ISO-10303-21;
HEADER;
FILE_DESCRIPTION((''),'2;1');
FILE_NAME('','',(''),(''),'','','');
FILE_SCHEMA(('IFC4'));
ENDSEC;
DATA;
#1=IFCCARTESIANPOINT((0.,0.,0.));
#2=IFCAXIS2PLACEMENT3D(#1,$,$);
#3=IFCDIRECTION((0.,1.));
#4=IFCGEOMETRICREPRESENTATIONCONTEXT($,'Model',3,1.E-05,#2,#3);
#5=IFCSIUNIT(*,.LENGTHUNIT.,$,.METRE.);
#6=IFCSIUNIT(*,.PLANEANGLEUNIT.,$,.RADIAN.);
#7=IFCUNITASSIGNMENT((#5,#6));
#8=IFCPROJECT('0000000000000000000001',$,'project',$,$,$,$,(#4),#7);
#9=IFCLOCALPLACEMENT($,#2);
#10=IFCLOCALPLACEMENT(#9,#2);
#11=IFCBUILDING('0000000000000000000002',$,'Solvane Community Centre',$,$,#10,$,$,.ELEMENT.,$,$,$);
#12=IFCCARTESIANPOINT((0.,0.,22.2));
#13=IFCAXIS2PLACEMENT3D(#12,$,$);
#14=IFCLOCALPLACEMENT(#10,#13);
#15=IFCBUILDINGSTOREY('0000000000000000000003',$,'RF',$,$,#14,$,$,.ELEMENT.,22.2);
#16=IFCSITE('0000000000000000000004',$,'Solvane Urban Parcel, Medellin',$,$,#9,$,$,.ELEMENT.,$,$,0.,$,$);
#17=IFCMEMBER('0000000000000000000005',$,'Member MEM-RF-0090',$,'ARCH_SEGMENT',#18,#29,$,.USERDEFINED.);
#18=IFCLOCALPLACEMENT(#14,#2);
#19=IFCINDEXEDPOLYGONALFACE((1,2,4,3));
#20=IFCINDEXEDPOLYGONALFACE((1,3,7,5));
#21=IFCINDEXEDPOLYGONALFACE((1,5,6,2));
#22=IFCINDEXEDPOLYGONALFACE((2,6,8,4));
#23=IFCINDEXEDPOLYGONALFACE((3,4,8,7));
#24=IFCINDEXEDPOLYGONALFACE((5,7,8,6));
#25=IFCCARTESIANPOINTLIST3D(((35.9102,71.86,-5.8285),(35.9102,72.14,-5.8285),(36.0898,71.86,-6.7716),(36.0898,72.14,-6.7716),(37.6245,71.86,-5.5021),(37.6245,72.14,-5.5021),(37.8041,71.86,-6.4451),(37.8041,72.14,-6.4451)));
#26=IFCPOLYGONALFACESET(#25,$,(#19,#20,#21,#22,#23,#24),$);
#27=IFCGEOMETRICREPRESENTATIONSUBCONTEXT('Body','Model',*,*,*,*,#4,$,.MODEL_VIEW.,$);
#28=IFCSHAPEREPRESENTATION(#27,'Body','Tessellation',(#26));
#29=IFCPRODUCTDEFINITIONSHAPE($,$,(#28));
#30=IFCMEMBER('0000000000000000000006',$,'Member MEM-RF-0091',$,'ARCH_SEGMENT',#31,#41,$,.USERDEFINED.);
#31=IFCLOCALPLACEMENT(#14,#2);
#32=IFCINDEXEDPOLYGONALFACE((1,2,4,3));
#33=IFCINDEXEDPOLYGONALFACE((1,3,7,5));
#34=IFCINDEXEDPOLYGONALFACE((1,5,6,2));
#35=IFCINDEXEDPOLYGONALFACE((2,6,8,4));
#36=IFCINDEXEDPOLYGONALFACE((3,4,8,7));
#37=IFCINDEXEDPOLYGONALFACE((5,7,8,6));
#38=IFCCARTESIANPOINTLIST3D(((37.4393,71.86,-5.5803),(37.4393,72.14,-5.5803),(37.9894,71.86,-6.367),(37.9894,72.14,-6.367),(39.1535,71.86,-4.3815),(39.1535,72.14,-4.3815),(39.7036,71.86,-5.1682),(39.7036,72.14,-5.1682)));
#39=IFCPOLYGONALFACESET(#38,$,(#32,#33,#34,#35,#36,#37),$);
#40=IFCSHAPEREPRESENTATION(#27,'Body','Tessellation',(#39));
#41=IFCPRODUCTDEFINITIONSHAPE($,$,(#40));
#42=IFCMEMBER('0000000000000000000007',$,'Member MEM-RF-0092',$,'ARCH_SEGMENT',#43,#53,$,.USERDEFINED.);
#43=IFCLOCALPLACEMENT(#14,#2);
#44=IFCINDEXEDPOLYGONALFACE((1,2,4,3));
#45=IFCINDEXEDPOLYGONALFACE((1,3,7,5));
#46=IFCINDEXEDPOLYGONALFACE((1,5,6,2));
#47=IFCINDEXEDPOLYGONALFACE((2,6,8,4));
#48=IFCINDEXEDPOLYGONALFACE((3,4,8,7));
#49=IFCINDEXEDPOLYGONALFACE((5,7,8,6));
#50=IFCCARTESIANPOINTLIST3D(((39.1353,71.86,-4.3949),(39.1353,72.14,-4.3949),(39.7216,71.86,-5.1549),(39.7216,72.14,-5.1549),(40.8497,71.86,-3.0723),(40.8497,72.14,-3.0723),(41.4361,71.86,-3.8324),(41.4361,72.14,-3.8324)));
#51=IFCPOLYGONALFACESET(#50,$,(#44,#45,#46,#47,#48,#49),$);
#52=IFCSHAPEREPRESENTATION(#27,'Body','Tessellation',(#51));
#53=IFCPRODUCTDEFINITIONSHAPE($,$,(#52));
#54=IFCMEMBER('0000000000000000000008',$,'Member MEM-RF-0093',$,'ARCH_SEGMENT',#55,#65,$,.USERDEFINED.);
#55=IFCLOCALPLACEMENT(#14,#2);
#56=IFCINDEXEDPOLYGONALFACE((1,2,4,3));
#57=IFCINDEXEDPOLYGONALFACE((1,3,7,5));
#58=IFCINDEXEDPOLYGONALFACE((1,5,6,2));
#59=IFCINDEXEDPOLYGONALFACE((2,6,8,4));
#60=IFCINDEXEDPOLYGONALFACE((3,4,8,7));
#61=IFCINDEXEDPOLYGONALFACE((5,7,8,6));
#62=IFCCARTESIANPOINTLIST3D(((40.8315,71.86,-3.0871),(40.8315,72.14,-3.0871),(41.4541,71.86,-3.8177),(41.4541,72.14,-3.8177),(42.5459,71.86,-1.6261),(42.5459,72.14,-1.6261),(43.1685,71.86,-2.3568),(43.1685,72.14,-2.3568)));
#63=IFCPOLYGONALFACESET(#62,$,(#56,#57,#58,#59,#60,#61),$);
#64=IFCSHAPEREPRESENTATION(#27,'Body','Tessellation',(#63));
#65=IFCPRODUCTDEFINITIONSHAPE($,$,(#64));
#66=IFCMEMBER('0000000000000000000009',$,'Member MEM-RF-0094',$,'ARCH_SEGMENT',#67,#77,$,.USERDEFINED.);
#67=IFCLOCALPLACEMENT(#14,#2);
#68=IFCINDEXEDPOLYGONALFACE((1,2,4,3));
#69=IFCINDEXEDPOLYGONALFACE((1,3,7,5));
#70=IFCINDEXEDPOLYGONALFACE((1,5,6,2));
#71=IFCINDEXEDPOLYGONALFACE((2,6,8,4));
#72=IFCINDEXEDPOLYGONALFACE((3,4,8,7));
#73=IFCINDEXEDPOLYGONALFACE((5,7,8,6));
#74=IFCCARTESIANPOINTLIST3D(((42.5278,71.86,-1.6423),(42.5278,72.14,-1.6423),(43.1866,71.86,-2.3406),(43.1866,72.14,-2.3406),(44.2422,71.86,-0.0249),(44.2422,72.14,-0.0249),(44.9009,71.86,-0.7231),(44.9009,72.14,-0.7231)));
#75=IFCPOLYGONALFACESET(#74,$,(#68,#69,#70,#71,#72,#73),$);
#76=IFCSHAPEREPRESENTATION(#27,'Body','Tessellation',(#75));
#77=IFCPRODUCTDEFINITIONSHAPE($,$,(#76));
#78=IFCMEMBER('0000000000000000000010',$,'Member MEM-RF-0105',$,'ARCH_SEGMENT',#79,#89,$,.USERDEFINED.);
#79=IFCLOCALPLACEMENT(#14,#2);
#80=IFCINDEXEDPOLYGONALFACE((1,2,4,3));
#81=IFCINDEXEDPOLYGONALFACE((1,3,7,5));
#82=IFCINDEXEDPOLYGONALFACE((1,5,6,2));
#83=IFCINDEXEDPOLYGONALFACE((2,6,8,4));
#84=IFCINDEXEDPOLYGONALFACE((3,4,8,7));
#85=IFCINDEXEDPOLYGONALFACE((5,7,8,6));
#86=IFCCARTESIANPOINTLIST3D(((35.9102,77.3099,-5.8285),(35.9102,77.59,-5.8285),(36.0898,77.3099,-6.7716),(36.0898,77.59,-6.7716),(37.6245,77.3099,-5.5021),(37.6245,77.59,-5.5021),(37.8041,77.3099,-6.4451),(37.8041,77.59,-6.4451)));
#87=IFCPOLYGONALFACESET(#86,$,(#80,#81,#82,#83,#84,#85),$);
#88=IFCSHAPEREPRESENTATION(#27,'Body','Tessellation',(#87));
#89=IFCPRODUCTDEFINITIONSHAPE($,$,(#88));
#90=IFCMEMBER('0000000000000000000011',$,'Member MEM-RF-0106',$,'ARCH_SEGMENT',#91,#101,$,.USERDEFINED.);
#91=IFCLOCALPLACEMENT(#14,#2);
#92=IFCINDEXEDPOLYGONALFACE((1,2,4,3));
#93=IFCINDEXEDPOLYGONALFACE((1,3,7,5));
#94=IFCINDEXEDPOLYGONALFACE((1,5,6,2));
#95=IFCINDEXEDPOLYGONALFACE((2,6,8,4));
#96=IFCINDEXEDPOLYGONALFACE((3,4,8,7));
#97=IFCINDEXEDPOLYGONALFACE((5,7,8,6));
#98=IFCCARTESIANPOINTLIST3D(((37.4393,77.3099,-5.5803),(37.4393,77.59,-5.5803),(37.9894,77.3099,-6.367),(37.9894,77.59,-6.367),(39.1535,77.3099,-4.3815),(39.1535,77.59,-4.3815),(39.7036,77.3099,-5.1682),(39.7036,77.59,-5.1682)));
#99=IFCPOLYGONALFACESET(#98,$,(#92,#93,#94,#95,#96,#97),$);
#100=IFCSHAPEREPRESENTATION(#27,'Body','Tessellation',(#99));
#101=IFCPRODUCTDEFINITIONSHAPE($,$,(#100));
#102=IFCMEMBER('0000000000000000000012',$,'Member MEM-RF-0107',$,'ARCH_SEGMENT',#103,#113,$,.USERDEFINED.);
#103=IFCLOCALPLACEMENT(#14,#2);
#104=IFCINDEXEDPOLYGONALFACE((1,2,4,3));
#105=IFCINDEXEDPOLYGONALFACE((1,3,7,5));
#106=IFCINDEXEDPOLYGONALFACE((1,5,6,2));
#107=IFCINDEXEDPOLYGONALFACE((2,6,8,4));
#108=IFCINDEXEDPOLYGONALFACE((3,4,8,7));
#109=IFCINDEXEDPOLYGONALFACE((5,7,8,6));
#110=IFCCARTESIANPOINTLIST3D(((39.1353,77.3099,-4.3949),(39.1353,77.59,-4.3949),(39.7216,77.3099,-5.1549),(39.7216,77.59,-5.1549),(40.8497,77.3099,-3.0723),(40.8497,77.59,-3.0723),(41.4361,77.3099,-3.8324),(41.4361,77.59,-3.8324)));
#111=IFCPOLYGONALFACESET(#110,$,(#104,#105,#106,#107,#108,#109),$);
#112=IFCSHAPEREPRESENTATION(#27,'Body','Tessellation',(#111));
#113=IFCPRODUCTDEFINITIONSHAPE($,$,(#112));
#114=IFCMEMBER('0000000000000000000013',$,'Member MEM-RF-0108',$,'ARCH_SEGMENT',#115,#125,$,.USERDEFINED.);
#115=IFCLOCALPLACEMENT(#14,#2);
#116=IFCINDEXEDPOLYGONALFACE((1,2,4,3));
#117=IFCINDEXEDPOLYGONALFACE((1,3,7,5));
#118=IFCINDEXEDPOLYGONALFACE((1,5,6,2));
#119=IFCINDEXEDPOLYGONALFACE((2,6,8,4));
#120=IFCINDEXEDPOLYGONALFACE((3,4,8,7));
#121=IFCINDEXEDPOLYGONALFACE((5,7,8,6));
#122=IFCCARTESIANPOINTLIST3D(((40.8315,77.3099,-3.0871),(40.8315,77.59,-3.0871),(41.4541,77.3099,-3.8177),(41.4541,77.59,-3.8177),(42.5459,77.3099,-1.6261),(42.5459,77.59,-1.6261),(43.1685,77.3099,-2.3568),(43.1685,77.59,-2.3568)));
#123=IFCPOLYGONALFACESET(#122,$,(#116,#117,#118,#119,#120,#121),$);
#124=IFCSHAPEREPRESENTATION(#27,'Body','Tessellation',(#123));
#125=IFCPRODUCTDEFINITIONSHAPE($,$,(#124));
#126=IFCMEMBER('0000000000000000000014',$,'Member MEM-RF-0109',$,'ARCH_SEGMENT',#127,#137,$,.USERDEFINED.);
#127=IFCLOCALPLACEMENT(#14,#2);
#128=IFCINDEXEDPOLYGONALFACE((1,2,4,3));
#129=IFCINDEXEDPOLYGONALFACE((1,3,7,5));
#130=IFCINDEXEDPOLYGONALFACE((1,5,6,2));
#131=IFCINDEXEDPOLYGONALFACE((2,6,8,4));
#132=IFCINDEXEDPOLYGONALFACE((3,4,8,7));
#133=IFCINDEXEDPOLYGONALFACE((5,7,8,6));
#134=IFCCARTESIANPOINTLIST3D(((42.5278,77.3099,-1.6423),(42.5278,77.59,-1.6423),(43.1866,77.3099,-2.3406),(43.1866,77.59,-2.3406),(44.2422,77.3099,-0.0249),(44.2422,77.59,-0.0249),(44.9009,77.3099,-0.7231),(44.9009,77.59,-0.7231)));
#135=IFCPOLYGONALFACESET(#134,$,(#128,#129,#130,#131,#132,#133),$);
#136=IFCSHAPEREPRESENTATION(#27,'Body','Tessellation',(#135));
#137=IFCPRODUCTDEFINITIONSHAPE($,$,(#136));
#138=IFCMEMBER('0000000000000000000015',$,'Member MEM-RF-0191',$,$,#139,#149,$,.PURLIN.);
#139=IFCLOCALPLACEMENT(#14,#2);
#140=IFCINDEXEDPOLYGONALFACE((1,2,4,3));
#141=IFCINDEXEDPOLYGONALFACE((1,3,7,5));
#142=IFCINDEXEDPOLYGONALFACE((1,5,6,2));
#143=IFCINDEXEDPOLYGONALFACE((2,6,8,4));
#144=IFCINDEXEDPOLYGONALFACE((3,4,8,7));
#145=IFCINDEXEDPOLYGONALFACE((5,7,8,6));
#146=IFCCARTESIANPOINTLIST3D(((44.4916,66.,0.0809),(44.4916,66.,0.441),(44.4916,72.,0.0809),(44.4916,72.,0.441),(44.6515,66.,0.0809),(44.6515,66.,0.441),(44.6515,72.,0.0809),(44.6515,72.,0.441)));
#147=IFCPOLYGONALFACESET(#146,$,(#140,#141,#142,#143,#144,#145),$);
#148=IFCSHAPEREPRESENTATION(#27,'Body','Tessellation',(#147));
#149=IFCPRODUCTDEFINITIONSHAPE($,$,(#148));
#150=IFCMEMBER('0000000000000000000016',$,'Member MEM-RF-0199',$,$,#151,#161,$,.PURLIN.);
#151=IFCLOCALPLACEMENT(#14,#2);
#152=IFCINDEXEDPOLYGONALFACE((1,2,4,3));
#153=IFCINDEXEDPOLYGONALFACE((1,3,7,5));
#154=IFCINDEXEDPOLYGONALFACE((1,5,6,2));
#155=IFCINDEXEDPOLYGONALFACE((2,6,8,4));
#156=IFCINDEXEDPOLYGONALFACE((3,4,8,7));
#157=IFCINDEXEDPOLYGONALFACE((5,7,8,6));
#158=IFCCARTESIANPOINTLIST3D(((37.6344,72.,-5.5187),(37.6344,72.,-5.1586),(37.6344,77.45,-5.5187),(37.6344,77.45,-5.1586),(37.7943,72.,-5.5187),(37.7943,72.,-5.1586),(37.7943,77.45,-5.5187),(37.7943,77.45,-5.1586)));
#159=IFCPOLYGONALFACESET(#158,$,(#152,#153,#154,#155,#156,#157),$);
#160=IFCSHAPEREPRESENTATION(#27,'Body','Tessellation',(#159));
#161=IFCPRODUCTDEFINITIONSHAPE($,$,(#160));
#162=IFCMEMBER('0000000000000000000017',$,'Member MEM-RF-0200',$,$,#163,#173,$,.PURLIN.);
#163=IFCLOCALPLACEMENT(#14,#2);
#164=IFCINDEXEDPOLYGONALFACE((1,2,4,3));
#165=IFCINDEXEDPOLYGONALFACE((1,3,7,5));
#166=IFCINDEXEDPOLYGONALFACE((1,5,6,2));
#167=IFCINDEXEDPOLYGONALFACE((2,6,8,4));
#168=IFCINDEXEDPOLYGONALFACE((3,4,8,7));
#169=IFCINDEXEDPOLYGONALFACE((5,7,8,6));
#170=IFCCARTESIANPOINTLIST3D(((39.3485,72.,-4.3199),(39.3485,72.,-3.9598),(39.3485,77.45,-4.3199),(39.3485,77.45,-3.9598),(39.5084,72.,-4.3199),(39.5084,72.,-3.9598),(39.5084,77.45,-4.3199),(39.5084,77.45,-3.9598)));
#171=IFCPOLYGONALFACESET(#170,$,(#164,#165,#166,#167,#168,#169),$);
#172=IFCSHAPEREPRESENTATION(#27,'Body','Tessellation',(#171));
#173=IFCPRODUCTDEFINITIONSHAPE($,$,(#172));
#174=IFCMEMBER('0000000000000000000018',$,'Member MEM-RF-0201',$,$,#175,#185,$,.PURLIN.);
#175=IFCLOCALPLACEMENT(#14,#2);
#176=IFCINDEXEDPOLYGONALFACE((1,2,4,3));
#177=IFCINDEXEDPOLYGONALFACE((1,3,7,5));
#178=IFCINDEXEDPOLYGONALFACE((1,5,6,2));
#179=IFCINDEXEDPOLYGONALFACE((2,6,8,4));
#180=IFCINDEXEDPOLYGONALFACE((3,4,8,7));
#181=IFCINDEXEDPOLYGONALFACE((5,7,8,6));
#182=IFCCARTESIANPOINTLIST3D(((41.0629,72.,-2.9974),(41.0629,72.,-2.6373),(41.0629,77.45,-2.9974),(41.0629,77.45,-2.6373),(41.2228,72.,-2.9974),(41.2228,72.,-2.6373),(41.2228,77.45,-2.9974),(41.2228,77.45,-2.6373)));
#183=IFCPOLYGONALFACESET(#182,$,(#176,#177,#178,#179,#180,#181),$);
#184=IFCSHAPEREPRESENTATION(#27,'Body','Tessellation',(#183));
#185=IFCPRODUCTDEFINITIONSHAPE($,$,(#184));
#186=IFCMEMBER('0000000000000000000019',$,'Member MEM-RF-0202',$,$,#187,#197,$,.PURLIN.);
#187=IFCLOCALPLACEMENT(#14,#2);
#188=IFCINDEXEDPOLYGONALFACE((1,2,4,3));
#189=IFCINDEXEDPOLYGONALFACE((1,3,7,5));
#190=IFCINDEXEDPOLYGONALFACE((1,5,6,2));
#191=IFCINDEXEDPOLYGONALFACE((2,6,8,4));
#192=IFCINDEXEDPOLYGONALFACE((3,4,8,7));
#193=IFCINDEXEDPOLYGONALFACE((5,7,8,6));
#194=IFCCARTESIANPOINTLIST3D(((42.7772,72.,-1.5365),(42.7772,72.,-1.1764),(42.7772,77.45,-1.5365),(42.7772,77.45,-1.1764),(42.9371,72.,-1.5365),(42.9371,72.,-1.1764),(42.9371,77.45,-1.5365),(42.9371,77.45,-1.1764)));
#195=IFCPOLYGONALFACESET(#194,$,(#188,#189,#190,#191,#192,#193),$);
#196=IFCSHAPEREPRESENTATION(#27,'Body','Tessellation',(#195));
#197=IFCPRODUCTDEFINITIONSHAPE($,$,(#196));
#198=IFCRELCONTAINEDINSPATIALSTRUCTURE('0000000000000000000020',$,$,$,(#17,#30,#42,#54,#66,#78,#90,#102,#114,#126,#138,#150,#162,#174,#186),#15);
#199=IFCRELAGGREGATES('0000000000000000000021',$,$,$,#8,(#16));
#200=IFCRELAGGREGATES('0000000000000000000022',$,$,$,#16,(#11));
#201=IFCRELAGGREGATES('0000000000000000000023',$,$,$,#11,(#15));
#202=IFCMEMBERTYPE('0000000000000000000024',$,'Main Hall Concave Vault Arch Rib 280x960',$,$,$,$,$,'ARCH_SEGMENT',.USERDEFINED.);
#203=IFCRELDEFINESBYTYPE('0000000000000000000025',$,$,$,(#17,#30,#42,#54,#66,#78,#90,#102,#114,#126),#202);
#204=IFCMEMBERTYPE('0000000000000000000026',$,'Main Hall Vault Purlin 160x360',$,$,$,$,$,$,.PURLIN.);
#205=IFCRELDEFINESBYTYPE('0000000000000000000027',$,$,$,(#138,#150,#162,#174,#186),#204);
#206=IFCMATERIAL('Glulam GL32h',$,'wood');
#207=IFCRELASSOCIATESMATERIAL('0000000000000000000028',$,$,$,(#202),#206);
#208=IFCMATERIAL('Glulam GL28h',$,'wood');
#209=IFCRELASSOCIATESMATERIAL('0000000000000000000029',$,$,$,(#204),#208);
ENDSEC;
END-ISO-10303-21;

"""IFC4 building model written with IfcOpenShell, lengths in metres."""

from ifc_helpers import new_model, si_unit, direction, frame, origin, origin_2d, place, context, subcontext, project, spatial, rectangle, extrude, material, material_profile, profile_set, type_object, element, save


model = new_model("IFC4")

# Units and contexts
model_context = context("Model", 3, precision=1e-05, world=origin(), true_north=direction((0.0, 1.0)))
body_context = subcontext(model_context, "Body", "Model", "MODEL_VIEW")
ifc_project = project(units=[si_unit("LENGTHUNIT", "METRE"), si_unit("PLANEANGLEUNIT", "RADIAN")], contexts=[model_context])

# Site, building, storey
site_placement = place(None, origin())
site = spatial("IfcSite", under=ifc_project, at=site_placement, Name="Solvane Urban Parcel, Medellin", CompositionType="ELEMENT", RefElevation=0.0)
building_placement = place(site_placement, origin())
building = spatial("IfcBuilding", under=site, at=building_placement, Name="Solvane Community Centre", CompositionType="ELEMENT")
storey_placement = place(building_placement, frame((0.0, 0.0, 22.2)))
storey = spatial("IfcBuildingStorey", under=building, at=storey_placement, Name="RF", CompositionType="ELEMENT", Elevation=22.2)

# Members
ifc_material_1 = material(Name="Glulam GL32h", Category="wood")
ifc_material_profile_1 = material_profile(ifc_material_1, rectangle(XDim=0.28, YDim=0.96, at=origin_2d()), Name="GL32h 280x960")
ifc_profile_set_1 = profile_set([ifc_material_profile_1], Name="Glulam GL32h")
member_type_1 = type_object("IfcMemberType", Name="Main Hall Concave Vault Arch Rib 280x960", ElementType="ARCH_SEGMENT", PredefinedType="USERDEFINED", material=ifc_profile_set_1)
member_1_placement = place(storey_placement, frame((36.0, 72.0, -6.3), z_axis=(0.982352, 0.0, 0.187041), x_axis=(0.0, 1.0, 0.0)))
element("IfcMember", 1, at=member_1_placement, inside=storey, type_object=member_type_1, Name="Member MEM-RF-0090", ObjectType="ARCH_SEGMENT", PredefinedType="USERDEFINED", context=body_context, shape_type="SweptSolid", body=[
    extrude(rectangle(XDim=0.28, YDim=0.96, at=origin_2d()), origin(), (0.0, 0.0, 1.0), 1.7451),
])
member_2_placement = place(storey_placement, frame((37.7144, 72.0, -5.9736), z_axis=(0.81949, 0.0, 0.573094), x_axis=(0.0, 1.0, 0.0)))
element("IfcMember", 2, at=member_2_placement, inside=storey, type_object=member_type_1, Name="Member MEM-RF-0091", ObjectType="ARCH_SEGMENT", PredefinedType="USERDEFINED", context=body_context, shape_type="SweptSolid", body=[
    extrude(rectangle(XDim=0.28, YDim=0.96, at=origin_2d()), origin(), (0.0, 0.0, 1.0), 2.0918),
])
member_3_placement = place(storey_placement, frame((39.4285, 72.0, -4.7749), z_axis=(0.791781, 0.0, 0.610805), x_axis=(0.0, 1.0, 0.0)))
element("IfcMember", 3, at=member_3_placement, inside=storey, type_object=member_type_1, Name="Member MEM-RF-0092", ObjectType="ARCH_SEGMENT", PredefinedType="USERDEFINED", context=body_context, shape_type="SweptSolid", body=[
    extrude(rectangle(XDim=0.28, YDim=0.96, at=origin_2d()), origin(), (0.0, 0.0, 1.0), 2.1653),
])
member_4_placement = place(storey_placement, frame((41.1428, 72.0, -3.4524), z_axis=(0.76112, 0.0, 0.648611), x_axis=(0.0, 1.0, 0.0)))
element("IfcMember", 4, at=member_4_placement, inside=storey, type_object=member_type_1, Name="Member MEM-RF-0093", ObjectType="ARCH_SEGMENT", PredefinedType="USERDEFINED", context=body_context, shape_type="SweptSolid", body=[
    extrude(rectangle(XDim=0.28, YDim=0.96, at=origin_2d()), origin(), (0.0, 0.0, 1.0), 2.2524),
])
member_5_placement = place(storey_placement, frame((42.8572, 72.0, -1.9915), z_axis=(0.727369, 0.0, 0.686246), x_axis=(0.0, 1.0, 0.0)))
element("IfcMember", 5, at=member_5_placement, inside=storey, type_object=member_type_1, Name="Member MEM-RF-0094", ObjectType="ARCH_SEGMENT", PredefinedType="USERDEFINED", context=body_context, shape_type="SweptSolid", body=[
    extrude(rectangle(XDim=0.28, YDim=0.96, at=origin_2d()), origin(), (0.0, 0.0, 1.0), 2.3569),
])
member_6_placement = place(storey_placement, frame((36.0, 77.45, -6.3), z_axis=(0.982352, 0.0, 0.187041), x_axis=(0.0, 1.0, 0.0)))
element("IfcMember", 6, at=member_6_placement, inside=storey, type_object=member_type_1, Name="Member MEM-RF-0105", ObjectType="ARCH_SEGMENT", PredefinedType="USERDEFINED", context=body_context, shape_type="SweptSolid", body=[
    extrude(rectangle(XDim=0.28, YDim=0.96, at=origin_2d()), origin(), (0.0, 0.0, 1.0), 1.7451),
])
member_7_placement = place(storey_placement, frame((37.7144, 77.45, -5.9736), z_axis=(0.81949, 0.0, 0.573094), x_axis=(0.0, 1.0, 0.0)))
element("IfcMember", 7, at=member_7_placement, inside=storey, type_object=member_type_1, Name="Member MEM-RF-0106", ObjectType="ARCH_SEGMENT", PredefinedType="USERDEFINED", context=body_context, shape_type="SweptSolid", body=[
    extrude(rectangle(XDim=0.28, YDim=0.96, at=origin_2d()), origin(), (0.0, 0.0, 1.0), 2.0918),
])
member_8_placement = place(storey_placement, frame((39.4285, 77.45, -4.7749), z_axis=(0.791781, 0.0, 0.610805), x_axis=(0.0, 1.0, 0.0)))
element("IfcMember", 8, at=member_8_placement, inside=storey, type_object=member_type_1, Name="Member MEM-RF-0107", ObjectType="ARCH_SEGMENT", PredefinedType="USERDEFINED", context=body_context, shape_type="SweptSolid", body=[
    extrude(rectangle(XDim=0.28, YDim=0.96, at=origin_2d()), origin(), (0.0, 0.0, 1.0), 2.1653),
])
member_9_placement = place(storey_placement, frame((41.1428, 77.45, -3.4524), z_axis=(0.76112, 0.0, 0.648611), x_axis=(0.0, 1.0, 0.0)))
element("IfcMember", 9, at=member_9_placement, inside=storey, type_object=member_type_1, Name="Member MEM-RF-0108", ObjectType="ARCH_SEGMENT", PredefinedType="USERDEFINED", context=body_context, shape_type="SweptSolid", body=[
    extrude(rectangle(XDim=0.28, YDim=0.96, at=origin_2d()), origin(), (0.0, 0.0, 1.0), 2.2524),
])
member_10_placement = place(storey_placement, frame((42.8572, 77.45, -1.9915), z_axis=(0.727369, 0.0, 0.686246), x_axis=(0.0, 1.0, 0.0)))
element("IfcMember", 10, at=member_10_placement, inside=storey, type_object=member_type_1, Name="Member MEM-RF-0109", ObjectType="ARCH_SEGMENT", PredefinedType="USERDEFINED", context=body_context, shape_type="SweptSolid", body=[
    extrude(rectangle(XDim=0.28, YDim=0.96, at=origin_2d()), origin(), (0.0, 0.0, 1.0), 2.3569),
])
ifc_material_2 = material(Name="Glulam GL28h", Category="wood")
ifc_material_profile_2 = material_profile(ifc_material_2, rectangle(XDim=0.1599, YDim=0.3601, at=origin_2d()), Name="GL28h 160x360")
ifc_profile_set_2 = profile_set([ifc_material_profile_2], Name="Glulam GL28h")
member_type_2 = type_object("IfcMemberType", Name="Main Hall Vault Purlin 160x360", PredefinedType="PURLIN", material=ifc_profile_set_2)
member_11_placement = place(storey_placement, frame((44.5715, 66.0, 0.261), z_axis=(0.0, 1.0, 0.0), x_axis=(-1.0, 0.0, 0.0)))
element("IfcMember", 11, at=member_11_placement, inside=storey, type_object=member_type_2, Name="Member MEM-RF-0191", PredefinedType="PURLIN", context=body_context, shape_type="SweptSolid", body=[
    extrude(rectangle(XDim=0.1599, YDim=0.3601, at=origin_2d()), origin(), (0.0, 0.0, 1.0), 6.0),
])
for number, where, z_axis, x_axis, name in (
    (12, (37.7144, 72.0, -5.3386), (0.0, 1.0, 0.0), (-1.0, 0.0, 0.0), "Member MEM-RF-0199"),
    (13, (39.4285, 72.0, -4.1399), (0.0, 1.0, 0.0), (-1.0, 0.0, 0.0), "Member MEM-RF-0200"),
    (14, (41.1428, 72.0, -2.8174), (0.0, 1.0, 0.0), (-1.0, 0.0, 0.0), "Member MEM-RF-0201"),
    (15, (42.8572, 72.0, -1.3564), (0.0, 1.0, 0.0), (-1.0, 0.0, 0.0), "Member MEM-RF-0202"),
):
    element("IfcMember", number, at=place(storey_placement, frame(where, z_axis=z_axis, x_axis=x_axis)), inside=storey, type_object=member_type_2, Name=name, PredefinedType="PURLIN", context=body_context, shape_type="SweptSolid", body=[
        extrude(rectangle(XDim=0.1599, YDim=0.3601, at=origin_2d()), origin(), (0.0, 0.0, 1.0), 5.45),
    ])

save(model, "model.ifc")
